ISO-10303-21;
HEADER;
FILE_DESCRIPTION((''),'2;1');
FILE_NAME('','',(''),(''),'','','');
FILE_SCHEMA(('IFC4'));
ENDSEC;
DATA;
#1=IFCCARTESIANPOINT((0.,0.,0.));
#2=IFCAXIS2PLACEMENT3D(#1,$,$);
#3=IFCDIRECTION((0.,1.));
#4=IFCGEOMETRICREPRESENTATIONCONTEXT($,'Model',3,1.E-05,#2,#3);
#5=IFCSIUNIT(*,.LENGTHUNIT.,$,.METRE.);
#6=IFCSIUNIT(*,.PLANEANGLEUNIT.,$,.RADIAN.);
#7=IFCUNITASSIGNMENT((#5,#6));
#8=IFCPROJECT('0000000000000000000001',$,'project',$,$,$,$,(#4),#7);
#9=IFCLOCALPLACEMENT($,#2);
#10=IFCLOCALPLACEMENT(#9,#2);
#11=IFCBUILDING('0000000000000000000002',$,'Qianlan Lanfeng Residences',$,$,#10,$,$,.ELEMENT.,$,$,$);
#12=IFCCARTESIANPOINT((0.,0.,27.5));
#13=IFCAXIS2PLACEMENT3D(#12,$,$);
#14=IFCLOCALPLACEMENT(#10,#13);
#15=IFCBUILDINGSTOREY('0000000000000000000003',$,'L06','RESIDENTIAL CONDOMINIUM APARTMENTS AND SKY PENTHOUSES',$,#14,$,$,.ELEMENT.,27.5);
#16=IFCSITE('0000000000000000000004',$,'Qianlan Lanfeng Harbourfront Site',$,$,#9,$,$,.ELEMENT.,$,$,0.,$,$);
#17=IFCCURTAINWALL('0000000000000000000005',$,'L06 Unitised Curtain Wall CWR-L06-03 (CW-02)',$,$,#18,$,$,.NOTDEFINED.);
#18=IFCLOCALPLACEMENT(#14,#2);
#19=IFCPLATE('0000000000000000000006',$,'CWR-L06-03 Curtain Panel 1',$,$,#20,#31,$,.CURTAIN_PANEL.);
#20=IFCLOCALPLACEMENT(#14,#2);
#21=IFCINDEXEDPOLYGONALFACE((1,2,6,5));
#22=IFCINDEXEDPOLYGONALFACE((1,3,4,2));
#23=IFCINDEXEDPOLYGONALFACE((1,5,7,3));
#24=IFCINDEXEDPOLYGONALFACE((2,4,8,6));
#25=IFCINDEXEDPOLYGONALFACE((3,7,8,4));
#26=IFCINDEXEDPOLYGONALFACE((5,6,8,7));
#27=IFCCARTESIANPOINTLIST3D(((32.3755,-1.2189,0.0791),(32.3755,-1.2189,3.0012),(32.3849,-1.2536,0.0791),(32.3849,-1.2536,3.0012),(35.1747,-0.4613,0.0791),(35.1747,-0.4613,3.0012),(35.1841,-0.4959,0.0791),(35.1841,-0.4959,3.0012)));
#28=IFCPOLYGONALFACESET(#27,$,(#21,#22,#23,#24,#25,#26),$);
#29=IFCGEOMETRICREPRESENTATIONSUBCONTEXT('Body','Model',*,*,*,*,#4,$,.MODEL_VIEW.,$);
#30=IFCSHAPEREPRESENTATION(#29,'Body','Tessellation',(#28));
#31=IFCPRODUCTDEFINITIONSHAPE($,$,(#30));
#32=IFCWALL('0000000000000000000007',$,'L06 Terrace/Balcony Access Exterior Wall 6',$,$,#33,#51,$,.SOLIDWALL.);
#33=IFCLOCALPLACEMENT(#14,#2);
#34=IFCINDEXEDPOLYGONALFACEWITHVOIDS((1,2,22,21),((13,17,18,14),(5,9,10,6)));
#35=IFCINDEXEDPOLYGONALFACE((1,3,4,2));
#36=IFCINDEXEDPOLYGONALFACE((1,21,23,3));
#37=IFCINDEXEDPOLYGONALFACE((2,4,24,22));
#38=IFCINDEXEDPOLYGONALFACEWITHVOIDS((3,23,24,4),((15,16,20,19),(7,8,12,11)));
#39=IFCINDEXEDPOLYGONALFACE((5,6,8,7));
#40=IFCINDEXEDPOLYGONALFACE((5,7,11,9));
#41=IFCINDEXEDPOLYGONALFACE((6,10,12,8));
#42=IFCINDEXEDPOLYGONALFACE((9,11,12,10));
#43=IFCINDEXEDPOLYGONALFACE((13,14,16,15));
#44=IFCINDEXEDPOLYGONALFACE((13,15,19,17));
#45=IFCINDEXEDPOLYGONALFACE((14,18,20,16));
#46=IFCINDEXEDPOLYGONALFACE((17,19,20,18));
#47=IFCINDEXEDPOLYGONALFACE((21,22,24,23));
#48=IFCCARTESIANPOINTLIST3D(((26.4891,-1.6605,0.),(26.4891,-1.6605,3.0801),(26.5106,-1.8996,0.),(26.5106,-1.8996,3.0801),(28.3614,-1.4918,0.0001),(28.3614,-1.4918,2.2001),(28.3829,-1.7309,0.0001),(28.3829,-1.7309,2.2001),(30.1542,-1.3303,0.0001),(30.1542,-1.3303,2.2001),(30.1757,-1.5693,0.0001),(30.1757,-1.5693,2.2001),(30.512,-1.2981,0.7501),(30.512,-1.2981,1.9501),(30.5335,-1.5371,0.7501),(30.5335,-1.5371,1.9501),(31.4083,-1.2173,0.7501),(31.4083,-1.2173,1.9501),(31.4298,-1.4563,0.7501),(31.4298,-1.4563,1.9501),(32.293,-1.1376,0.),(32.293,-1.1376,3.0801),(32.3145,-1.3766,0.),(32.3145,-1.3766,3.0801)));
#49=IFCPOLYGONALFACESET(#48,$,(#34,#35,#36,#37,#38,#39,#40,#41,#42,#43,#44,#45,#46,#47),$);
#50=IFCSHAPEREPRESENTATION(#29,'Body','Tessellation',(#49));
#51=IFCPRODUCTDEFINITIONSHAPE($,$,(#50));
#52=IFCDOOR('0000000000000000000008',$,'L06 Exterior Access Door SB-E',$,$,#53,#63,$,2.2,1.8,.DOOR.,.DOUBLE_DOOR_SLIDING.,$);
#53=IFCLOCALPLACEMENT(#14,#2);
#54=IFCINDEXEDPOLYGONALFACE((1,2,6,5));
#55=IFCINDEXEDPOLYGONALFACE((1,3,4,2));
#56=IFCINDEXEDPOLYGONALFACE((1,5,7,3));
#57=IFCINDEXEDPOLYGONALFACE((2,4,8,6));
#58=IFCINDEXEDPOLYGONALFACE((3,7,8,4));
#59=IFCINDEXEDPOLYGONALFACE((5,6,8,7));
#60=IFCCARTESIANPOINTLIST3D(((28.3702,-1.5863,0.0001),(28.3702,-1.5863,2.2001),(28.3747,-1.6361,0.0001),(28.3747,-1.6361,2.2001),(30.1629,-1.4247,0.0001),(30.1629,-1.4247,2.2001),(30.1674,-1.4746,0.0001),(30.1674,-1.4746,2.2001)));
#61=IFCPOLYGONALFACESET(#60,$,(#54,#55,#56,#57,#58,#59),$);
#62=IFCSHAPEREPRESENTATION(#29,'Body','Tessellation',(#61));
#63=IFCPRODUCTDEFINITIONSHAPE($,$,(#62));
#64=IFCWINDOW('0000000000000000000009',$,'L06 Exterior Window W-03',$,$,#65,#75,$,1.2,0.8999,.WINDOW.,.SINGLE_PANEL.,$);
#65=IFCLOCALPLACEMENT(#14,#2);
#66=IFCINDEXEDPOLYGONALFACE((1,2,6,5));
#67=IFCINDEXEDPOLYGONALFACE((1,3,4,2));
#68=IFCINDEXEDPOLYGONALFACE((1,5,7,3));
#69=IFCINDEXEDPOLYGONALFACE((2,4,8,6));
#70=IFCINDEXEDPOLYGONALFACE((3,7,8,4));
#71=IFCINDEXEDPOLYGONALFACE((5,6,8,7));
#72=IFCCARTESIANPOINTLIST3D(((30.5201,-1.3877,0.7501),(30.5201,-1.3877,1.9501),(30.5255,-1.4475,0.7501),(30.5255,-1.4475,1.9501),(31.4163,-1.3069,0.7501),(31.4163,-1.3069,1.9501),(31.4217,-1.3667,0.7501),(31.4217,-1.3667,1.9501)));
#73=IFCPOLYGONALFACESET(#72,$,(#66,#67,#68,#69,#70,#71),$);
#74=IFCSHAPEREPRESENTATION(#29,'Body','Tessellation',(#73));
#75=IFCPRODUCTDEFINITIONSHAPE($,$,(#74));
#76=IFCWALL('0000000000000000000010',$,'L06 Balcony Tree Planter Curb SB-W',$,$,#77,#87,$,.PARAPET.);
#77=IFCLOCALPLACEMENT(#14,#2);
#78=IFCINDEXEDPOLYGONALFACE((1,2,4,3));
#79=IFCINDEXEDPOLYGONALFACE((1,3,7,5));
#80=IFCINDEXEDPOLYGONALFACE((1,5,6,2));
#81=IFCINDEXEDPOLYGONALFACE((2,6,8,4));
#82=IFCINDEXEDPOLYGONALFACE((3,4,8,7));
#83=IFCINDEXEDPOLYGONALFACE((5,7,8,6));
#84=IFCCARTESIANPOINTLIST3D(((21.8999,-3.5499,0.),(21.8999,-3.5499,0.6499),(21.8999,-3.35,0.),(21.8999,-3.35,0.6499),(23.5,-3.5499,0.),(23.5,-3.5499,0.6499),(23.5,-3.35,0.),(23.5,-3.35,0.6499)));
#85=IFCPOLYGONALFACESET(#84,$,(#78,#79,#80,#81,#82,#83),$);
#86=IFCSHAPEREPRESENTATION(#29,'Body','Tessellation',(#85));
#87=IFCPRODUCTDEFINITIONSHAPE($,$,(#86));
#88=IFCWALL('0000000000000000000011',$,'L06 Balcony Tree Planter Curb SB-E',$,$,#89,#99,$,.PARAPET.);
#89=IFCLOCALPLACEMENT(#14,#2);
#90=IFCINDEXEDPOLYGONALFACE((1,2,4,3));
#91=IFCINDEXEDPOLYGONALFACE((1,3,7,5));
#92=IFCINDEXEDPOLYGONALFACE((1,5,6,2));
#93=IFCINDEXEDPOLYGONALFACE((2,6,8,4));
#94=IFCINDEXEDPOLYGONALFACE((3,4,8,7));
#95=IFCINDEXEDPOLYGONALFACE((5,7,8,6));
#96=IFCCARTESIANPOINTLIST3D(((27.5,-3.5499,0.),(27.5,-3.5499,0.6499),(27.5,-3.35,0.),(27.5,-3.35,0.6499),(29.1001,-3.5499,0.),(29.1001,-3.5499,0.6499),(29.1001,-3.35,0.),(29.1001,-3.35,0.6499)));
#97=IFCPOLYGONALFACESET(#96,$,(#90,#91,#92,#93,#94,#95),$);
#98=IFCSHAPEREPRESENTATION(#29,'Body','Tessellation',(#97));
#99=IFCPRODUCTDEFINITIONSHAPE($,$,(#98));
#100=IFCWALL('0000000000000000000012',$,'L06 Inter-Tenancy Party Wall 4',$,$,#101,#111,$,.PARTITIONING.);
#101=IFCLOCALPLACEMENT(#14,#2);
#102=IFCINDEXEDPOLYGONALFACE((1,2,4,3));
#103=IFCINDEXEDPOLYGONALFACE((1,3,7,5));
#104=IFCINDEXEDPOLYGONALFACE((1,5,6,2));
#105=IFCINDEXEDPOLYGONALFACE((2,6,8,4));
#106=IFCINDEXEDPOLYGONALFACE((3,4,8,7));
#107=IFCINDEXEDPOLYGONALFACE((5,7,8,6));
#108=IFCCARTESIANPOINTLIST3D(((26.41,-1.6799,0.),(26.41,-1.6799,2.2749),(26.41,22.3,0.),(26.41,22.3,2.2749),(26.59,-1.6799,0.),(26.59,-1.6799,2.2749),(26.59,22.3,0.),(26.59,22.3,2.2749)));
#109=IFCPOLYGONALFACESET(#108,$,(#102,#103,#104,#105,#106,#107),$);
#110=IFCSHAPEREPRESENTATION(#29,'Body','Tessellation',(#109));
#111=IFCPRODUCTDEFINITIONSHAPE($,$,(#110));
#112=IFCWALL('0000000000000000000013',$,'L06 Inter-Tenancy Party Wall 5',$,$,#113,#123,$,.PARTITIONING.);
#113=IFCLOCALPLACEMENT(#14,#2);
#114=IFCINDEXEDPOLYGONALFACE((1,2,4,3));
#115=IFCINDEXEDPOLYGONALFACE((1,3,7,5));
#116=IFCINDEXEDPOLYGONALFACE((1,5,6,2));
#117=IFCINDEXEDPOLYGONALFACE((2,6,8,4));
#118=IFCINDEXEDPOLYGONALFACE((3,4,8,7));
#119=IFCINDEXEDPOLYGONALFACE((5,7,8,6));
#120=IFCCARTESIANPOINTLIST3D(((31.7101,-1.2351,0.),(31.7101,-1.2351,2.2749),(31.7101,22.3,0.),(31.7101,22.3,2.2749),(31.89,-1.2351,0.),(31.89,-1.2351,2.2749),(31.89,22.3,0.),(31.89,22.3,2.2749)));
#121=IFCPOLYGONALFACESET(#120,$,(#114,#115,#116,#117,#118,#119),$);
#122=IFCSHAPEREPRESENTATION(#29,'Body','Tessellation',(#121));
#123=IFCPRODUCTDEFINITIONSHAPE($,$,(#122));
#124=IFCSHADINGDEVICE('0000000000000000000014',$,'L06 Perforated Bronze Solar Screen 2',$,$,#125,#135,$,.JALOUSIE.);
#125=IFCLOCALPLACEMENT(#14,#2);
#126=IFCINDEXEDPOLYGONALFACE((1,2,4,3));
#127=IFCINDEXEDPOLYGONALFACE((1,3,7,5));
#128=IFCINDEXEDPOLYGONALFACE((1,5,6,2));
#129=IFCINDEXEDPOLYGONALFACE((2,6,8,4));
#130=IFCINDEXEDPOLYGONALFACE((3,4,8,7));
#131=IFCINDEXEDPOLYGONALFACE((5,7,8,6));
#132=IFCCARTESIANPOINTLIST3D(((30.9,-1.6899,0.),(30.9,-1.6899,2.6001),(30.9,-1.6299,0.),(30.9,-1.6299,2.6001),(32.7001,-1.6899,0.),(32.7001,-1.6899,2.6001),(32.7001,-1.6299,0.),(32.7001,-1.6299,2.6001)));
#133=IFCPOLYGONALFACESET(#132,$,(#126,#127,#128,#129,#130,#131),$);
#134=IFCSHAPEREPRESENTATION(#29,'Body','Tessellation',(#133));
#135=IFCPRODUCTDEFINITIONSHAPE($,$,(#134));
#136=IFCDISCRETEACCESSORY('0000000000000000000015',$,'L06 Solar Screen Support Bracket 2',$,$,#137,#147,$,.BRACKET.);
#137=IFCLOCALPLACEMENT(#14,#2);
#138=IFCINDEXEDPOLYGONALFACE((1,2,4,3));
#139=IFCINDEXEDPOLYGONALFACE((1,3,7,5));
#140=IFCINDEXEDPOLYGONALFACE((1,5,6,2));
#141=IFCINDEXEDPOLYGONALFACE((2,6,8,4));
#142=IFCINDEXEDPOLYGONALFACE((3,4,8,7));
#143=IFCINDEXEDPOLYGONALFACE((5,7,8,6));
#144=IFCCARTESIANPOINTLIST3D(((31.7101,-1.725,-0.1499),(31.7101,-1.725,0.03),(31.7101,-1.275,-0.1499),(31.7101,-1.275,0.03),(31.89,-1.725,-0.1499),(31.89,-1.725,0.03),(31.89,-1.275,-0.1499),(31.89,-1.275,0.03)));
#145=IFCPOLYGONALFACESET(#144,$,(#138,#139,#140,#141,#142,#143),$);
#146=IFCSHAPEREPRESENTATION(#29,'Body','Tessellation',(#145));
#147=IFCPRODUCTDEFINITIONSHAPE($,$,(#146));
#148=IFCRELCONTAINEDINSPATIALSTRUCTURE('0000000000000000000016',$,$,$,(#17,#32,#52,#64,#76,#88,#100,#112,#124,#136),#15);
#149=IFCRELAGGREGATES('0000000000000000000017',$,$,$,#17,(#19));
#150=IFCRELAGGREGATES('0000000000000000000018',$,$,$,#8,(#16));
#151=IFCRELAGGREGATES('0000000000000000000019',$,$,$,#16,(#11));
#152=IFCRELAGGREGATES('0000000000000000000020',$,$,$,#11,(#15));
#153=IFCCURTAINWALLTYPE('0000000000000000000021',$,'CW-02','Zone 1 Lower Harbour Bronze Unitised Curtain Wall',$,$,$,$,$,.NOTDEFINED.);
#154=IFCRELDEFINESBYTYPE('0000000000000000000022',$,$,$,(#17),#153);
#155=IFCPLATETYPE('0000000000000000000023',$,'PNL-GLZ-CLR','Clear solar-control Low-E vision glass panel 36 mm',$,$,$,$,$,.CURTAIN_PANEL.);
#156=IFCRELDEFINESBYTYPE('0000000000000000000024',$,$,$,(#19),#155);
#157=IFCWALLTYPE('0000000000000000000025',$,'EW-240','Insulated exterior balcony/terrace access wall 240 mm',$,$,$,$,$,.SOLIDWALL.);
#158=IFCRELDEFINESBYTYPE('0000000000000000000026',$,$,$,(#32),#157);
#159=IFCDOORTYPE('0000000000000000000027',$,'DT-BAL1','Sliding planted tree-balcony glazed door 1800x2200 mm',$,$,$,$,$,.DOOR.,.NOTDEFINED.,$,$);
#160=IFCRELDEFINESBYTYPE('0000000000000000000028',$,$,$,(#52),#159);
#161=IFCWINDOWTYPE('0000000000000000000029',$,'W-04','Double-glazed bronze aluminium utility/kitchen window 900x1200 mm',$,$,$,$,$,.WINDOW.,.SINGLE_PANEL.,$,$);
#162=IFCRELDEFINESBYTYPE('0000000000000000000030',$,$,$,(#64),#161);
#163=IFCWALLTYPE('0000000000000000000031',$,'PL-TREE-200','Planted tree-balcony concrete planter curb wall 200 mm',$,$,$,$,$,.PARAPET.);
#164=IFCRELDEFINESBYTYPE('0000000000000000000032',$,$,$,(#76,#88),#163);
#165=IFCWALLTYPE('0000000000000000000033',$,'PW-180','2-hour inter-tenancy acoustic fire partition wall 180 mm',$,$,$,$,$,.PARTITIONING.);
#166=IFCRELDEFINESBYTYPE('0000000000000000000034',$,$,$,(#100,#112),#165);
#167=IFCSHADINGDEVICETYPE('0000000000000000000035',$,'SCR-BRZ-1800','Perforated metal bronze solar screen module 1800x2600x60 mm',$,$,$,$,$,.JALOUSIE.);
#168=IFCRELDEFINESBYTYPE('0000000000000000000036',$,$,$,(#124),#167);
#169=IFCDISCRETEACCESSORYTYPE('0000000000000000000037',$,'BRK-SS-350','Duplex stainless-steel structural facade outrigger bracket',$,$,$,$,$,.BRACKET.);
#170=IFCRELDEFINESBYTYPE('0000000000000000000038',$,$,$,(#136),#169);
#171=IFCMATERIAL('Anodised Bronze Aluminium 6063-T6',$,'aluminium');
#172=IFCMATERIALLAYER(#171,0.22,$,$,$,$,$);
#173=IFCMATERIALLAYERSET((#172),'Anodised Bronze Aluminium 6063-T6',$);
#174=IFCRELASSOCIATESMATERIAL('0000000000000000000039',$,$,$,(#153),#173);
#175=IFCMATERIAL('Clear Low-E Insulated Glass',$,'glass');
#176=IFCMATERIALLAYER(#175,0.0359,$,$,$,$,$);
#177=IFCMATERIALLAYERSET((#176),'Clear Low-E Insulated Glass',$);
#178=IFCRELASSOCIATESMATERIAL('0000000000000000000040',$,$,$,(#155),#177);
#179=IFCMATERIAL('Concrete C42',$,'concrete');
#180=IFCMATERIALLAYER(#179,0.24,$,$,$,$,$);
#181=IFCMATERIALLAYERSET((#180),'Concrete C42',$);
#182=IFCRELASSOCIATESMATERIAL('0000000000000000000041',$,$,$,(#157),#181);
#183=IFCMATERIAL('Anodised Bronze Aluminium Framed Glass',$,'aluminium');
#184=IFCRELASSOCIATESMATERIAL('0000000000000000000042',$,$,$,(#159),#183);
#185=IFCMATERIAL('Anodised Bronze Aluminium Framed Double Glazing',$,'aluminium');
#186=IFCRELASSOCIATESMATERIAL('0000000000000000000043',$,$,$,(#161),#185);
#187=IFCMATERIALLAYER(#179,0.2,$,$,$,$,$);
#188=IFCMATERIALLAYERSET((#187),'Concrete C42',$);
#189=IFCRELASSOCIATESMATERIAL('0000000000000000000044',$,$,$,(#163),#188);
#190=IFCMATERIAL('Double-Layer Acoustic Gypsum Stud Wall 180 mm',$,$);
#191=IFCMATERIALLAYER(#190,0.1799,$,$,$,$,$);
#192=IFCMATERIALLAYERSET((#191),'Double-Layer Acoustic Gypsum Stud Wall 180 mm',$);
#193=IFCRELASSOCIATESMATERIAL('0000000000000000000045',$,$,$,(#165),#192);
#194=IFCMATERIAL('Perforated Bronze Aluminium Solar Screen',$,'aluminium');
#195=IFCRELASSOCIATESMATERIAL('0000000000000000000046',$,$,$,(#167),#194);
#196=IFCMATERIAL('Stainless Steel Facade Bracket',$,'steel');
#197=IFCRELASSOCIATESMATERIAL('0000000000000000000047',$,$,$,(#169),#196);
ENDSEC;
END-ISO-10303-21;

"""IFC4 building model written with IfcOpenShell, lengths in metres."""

from ifc_helpers import new_model, si_unit, direction, frame, frame_2d, origin, origin_2d, place, context, subcontext, project, spatial, rectangle, extrude, source, transform, mapped, material, layer, layer_set, type_object, element, fill, aggregate, save


model = new_model("IFC4")

# Units and contexts
model_context = context("Model", 3, precision=1e-05, world=origin(), true_north=direction((0.0, 1.0)))
body_context = subcontext(model_context, "Body", "Model", "MODEL_VIEW")
ifc_project = project(units=[si_unit("LENGTHUNIT", "METRE"), si_unit("PLANEANGLEUNIT", "RADIAN")], contexts=[model_context])

# Site, building, storey
site_placement = place(None, origin())
site = spatial("IfcSite", under=ifc_project, at=site_placement, Name="Qianlan Lanfeng Harbourfront Site", CompositionType="ELEMENT", RefElevation=0.0)
building_placement = place(site_placement, origin())
building = spatial("IfcBuilding", under=site, at=building_placement, Name="Qianlan Lanfeng Residences", CompositionType="ELEMENT")
storey_placement = place(building_placement, frame((0.0, 0.0, 27.5)))
storey = spatial("IfcBuildingStorey", under=building, at=storey_placement, Name="L06", Description="RESIDENTIAL CONDOMINIUM APARTMENTS AND SKY PENTHOUSES", CompositionType="ELEMENT", Elevation=27.5)

# Curtain wall, plate
ifc_material_1 = material(Name="Anodised Bronze Aluminium 6063-T6", Category="aluminium")
ifc_layer_1 = layer(ifc_material_1, 0.22)
ifc_layer_set_1 = layer_set([ifc_layer_1], Name="Anodised Bronze Aluminium 6063-T6")
curtain_wall_type = type_object("IfcCurtainWallType", Name="CW-02", Description="Zone 1 Lower Harbour Bronze Unitised Curtain Wall", PredefinedType="NOTDEFINED", material=ifc_layer_set_1)
curtain_wall_placement = place(storey_placement, origin())
curtain_wall = element("IfcCurtainWall", 1, at=curtain_wall_placement, inside=storey, type_object=curtain_wall_type, Name="L06 Unitised Curtain Wall CWR-L06-03 (CW-02)", PredefinedType="NOTDEFINED")
ifc_material_2 = material(Name="Clear Low-E Insulated Glass", Category="glass")
ifc_layer_2 = layer(ifc_material_2, 0.0359)
ifc_layer_set_2 = layer_set([ifc_layer_2], Name="Clear Low-E Insulated Glass")
plate_type = type_object("IfcPlateType", Name="PNL-GLZ-CLR", Description="Clear solar-control Low-E vision glass panel 36 mm", PredefinedType="CURTAIN_PANEL", material=ifc_layer_set_2)
shared_shape_1 = source(origin(), body_context, "Body", "SweptSolid", [
    extrude(rectangle(XDim=2.8999, YDim=0.0359, at=origin_2d()), origin(), (0.0, 0.0, 1.0), 2.9221),
])
plate_placement = place(storey_placement, frame((33.7798, -0.8574, 0.0791), z_axis=(0.0, 0.0, 1.0), x_axis=(0.965263, 0.261281, 0.0)))
plate = element("IfcPlate", 2, at=plate_placement, type_object=plate_type, Name="CWR-L06-03 Curtain Panel 1", PredefinedType="CURTAIN_PANEL", context=body_context, shape_type="MappedRepresentation", body=[
    mapped(shared_shape_1, transform((0.0, 0.0, 0.0), scale=1.0)),
])
aggregate(curtain_wall, [plate])

# Wall, openings, door, window
ifc_material_3 = material(Name="Concrete C42", Category="concrete")
ifc_layer_3 = layer(ifc_material_3, 0.24)
ifc_layer_set_3 = layer_set([ifc_layer_3], Name="Concrete C42")
wall_type_1 = type_object("IfcWallType", Name="EW-240", Description="Insulated exterior balcony/terrace access wall 240 mm", PredefinedType="SOLIDWALL", material=ifc_layer_set_3)
wall_1_placement = place(storey_placement, frame((26.5, -1.78, 0.0), z_axis=(0.0, 0.0, 1.0), x_axis=(0.995965, 0.089739, 0.0)))
wall_1 = element("IfcWall", 3, at=wall_1_placement, inside=storey, type_object=wall_type_1, Name="L06 Terrace/Balcony Access Exterior Wall 6", PredefinedType="SOLIDWALL", context=body_context, shape_type="SweptSolid", body=[
    extrude(rectangle(XDim=5.8274, YDim=0.24, at=frame_2d((2.9136, 0.0))), origin(), (0.0, 0.0, 1.0), 3.0801),
])
opening_1_placement = place(wall_1_placement, frame((1.8799, 0.0, 0.0)))
opening_1 = element("IfcOpeningElement", 4, at=opening_1_placement, cuts=wall_1, PredefinedType="OPENING", context=body_context, shape_type="SweptSolid", body=[
    extrude(rectangle(XDim=1.8, YDim=2.2, at=frame_2d((0.8999, 1.1001))), frame((0.0, 0.1299, 0.0), z_axis=(0.0, -1.0, 0.0), x_axis=(1.0, 0.0, 0.0)), (0.0, 0.0, 1.0), 0.26),
])
opening_2_placement = place(wall_1_placement, frame((4.0391, 0.0, 0.75)))
opening_2 = element("IfcOpeningElement", 5, at=opening_2_placement, cuts=wall_1, PredefinedType="OPENING", context=body_context, shape_type="SweptSolid", body=[
    extrude(rectangle(XDim=0.8999, YDim=1.2, at=frame_2d((0.45, 0.6001))), frame((0.0, 0.1299, 0.0), z_axis=(0.0, -1.0, 0.0), x_axis=(1.0, 0.0, 0.0)), (0.0, 0.0, 1.0), 0.26),
])
ifc_material_4 = material(Name="Anodised Bronze Aluminium Framed Glass", Category="aluminium")
door_type = type_object("IfcDoorType", Name="DT-BAL1", Description="Sliding planted tree-balcony glazed door 1800x2200 mm", OperationType="NOTDEFINED", PredefinedType="DOOR", material=ifc_material_4)
door_placement = place(opening_1_placement, frame((1.8, 0.0, 0.0), z_axis=(0.0, 0.0, 1.0), x_axis=(-1.0, 0.0, 0.0)))
door = element("IfcDoor", 6, at=door_placement, inside=storey, type_object=door_type, Name="L06 Exterior Access Door SB-E", OperationType="DOUBLE_DOOR_SLIDING", OverallHeight=2.2, OverallWidth=1.8, PredefinedType="DOOR", context=body_context, shape_type="SweptSolid", body=[
    extrude(rectangle(XDim=1.8, YDim=2.2, at=frame_2d((0.8999, 1.1001))), frame((0.0, 0.0249, 0.0), z_axis=(0.0, -1.0, 0.0), x_axis=(1.0, 0.0, 0.0)), (0.0, 0.0, 1.0), 0.05),
])
fill(opening_1, door)
ifc_material_5 = material(Name="Anodised Bronze Aluminium Framed Double Glazing", Category="aluminium")
window_type = type_object("IfcWindowType", Name="W-04", Description="Double-glazed bronze aluminium utility/kitchen window 900x1200 mm", PartitioningType="SINGLE_PANEL", PredefinedType="WINDOW", material=ifc_material_5)
window_placement = place(opening_2_placement, origin())
window = element("IfcWindow", 7, at=window_placement, inside=storey, type_object=window_type, Name="L06 Exterior Window W-03", OverallHeight=1.2, OverallWidth=0.8999, PartitioningType="SINGLE_PANEL", PredefinedType="WINDOW", context=body_context, shape_type="SweptSolid", body=[
    extrude(rectangle(XDim=0.8999, YDim=1.2, at=frame_2d((0.45, 0.6001))), frame((0.0, 0.03, 0.0), z_axis=(0.0, -1.0, 0.0), x_axis=(1.0, 0.0, 0.0)), (0.0, 0.0, 1.0), 0.0601),
])
fill(opening_2, window)

# Walls
ifc_layer_4 = layer(ifc_material_3, 0.2)
ifc_layer_set_4 = layer_set([ifc_layer_4], Name="Concrete C42")
wall_type_2 = type_object("IfcWallType", Name="PL-TREE-200", Description="Planted tree-balcony concrete planter curb wall 200 mm", PredefinedType="PARAPET", material=ifc_layer_set_4)
for number, where, z_axis, x_axis, name in (
    (8, (21.8999, -3.45, 0.0), (0.0, 0.0, 1.0), (1.0, 0.0, 0.0), "L06 Balcony Tree Planter Curb SB-W"),
    (9, (27.5, -3.45, 0.0), (0.0, 0.0, 1.0), (1.0, 0.0, 0.0), "L06 Balcony Tree Planter Curb SB-E"),
):
    element("IfcWall", number, at=place(storey_placement, frame(where, z_axis=z_axis, x_axis=x_axis)), inside=storey, type_object=wall_type_2, Name=name, PredefinedType="PARAPET", context=body_context, shape_type="SweptSolid", body=[
        extrude(rectangle(XDim=1.6001, YDim=0.2, at=frame_2d((0.8, 0.0))), origin(), (0.0, 0.0, 1.0), 0.6499),
    ])
ifc_material_6 = material(Name="Double-Layer Acoustic Gypsum Stud Wall 180 mm")
ifc_layer_5 = layer(ifc_material_6, 0.1799)
ifc_layer_set_5 = layer_set([ifc_layer_5], Name="Double-Layer Acoustic Gypsum Stud Wall 180 mm")
wall_type_3 = type_object("IfcWallType", Name="PW-180", Description="2-hour inter-tenancy acoustic fire partition wall 180 mm", PredefinedType="PARTITIONING", material=ifc_layer_set_5)
wall_2_placement = place(storey_placement, frame((26.5, -1.6799, 0.0), z_axis=(0.0, 0.0, 1.0), x_axis=(0.0, 1.0, 0.0)))
element("IfcWall", 10, at=wall_2_placement, inside=storey, type_object=wall_type_3, Name="L06 Inter-Tenancy Party Wall 4", PredefinedType="PARTITIONING", context=body_context, shape_type="SweptSolid", body=[
    extrude(rectangle(XDim=23.98, YDim=0.1799, at=frame_2d((11.99, 0.0))), origin(), (0.0, 0.0, 1.0), 2.2749),
])
wall_3_placement = place(storey_placement, frame((31.8, -1.2351, 0.0), z_axis=(0.0, 0.0, 1.0), x_axis=(0.0, 1.0, 0.0)))
element("IfcWall", 11, at=wall_3_placement, inside=storey, type_object=wall_type_3, Name="L06 Inter-Tenancy Party Wall 5", PredefinedType="PARTITIONING", context=body_context, shape_type="SweptSolid", body=[
    extrude(rectangle(XDim=23.5352, YDim=0.1799, at=frame_2d((11.7676, 0.0))), origin(), (0.0, 0.0, 1.0), 2.2749),
])

# Shading device
ifc_material_7 = material(Name="Perforated Bronze Aluminium Solar Screen", Category="aluminium")
shading_device_type = type_object("IfcShadingDeviceType", Name="SCR-BRZ-1800", Description="Perforated metal bronze solar screen module 1800x2600x60 mm", PredefinedType="JALOUSIE", material=ifc_material_7)
shared_shape_2 = source(origin(), body_context, "Body", "SweptSolid", [
    extrude(rectangle(XDim=1.8, YDim=0.0601, at=origin_2d()), origin(), (0.0, 0.0, 1.0), 2.6001),
])
shading_device_placement = place(storey_placement, frame((31.8, -1.6599, 0.0), z_axis=(0.0, 0.0, 1.0), x_axis=(1.0, 0.0, 0.0)))
element("IfcShadingDevice", 12, at=shading_device_placement, inside=storey, type_object=shading_device_type, Name="L06 Perforated Bronze Solar Screen 2", PredefinedType="JALOUSIE", context=body_context, shape_type="MappedRepresentation", body=[
    mapped(shared_shape_2, transform((0.0, 0.0, 0.0), scale=1.0)),
])

# Discrete accessory
ifc_material_8 = material(Name="Stainless Steel Facade Bracket", Category="steel")
discrete_accessory_type = type_object("IfcDiscreteAccessoryType", Name="BRK-SS-350", Description="Duplex stainless-steel structural facade outrigger bracket", PredefinedType="BRACKET", material=ifc_material_8)
shared_shape_3 = source(origin(), body_context, "Body", "SweptSolid", [
    extrude(rectangle(XDim=0.1799, YDim=0.45, at=origin_2d()), origin(), (0.0, 0.0, 1.0), 0.1799),
])
discrete_accessory_placement = place(storey_placement, frame((31.8, -1.5, -0.1499), z_axis=(0.0, 0.0, 1.0), x_axis=(1.0, 0.0, 0.0)))
element("IfcDiscreteAccessory", 13, at=discrete_accessory_placement, inside=storey, type_object=discrete_accessory_type, Name="L06 Solar Screen Support Bracket 2", PredefinedType="BRACKET", context=body_context, shape_type="MappedRepresentation", body=[
    mapped(shared_shape_3, transform((0.0, 0.0, 0.0), scale=1.0)),
])

save(model, "model.ifc")
